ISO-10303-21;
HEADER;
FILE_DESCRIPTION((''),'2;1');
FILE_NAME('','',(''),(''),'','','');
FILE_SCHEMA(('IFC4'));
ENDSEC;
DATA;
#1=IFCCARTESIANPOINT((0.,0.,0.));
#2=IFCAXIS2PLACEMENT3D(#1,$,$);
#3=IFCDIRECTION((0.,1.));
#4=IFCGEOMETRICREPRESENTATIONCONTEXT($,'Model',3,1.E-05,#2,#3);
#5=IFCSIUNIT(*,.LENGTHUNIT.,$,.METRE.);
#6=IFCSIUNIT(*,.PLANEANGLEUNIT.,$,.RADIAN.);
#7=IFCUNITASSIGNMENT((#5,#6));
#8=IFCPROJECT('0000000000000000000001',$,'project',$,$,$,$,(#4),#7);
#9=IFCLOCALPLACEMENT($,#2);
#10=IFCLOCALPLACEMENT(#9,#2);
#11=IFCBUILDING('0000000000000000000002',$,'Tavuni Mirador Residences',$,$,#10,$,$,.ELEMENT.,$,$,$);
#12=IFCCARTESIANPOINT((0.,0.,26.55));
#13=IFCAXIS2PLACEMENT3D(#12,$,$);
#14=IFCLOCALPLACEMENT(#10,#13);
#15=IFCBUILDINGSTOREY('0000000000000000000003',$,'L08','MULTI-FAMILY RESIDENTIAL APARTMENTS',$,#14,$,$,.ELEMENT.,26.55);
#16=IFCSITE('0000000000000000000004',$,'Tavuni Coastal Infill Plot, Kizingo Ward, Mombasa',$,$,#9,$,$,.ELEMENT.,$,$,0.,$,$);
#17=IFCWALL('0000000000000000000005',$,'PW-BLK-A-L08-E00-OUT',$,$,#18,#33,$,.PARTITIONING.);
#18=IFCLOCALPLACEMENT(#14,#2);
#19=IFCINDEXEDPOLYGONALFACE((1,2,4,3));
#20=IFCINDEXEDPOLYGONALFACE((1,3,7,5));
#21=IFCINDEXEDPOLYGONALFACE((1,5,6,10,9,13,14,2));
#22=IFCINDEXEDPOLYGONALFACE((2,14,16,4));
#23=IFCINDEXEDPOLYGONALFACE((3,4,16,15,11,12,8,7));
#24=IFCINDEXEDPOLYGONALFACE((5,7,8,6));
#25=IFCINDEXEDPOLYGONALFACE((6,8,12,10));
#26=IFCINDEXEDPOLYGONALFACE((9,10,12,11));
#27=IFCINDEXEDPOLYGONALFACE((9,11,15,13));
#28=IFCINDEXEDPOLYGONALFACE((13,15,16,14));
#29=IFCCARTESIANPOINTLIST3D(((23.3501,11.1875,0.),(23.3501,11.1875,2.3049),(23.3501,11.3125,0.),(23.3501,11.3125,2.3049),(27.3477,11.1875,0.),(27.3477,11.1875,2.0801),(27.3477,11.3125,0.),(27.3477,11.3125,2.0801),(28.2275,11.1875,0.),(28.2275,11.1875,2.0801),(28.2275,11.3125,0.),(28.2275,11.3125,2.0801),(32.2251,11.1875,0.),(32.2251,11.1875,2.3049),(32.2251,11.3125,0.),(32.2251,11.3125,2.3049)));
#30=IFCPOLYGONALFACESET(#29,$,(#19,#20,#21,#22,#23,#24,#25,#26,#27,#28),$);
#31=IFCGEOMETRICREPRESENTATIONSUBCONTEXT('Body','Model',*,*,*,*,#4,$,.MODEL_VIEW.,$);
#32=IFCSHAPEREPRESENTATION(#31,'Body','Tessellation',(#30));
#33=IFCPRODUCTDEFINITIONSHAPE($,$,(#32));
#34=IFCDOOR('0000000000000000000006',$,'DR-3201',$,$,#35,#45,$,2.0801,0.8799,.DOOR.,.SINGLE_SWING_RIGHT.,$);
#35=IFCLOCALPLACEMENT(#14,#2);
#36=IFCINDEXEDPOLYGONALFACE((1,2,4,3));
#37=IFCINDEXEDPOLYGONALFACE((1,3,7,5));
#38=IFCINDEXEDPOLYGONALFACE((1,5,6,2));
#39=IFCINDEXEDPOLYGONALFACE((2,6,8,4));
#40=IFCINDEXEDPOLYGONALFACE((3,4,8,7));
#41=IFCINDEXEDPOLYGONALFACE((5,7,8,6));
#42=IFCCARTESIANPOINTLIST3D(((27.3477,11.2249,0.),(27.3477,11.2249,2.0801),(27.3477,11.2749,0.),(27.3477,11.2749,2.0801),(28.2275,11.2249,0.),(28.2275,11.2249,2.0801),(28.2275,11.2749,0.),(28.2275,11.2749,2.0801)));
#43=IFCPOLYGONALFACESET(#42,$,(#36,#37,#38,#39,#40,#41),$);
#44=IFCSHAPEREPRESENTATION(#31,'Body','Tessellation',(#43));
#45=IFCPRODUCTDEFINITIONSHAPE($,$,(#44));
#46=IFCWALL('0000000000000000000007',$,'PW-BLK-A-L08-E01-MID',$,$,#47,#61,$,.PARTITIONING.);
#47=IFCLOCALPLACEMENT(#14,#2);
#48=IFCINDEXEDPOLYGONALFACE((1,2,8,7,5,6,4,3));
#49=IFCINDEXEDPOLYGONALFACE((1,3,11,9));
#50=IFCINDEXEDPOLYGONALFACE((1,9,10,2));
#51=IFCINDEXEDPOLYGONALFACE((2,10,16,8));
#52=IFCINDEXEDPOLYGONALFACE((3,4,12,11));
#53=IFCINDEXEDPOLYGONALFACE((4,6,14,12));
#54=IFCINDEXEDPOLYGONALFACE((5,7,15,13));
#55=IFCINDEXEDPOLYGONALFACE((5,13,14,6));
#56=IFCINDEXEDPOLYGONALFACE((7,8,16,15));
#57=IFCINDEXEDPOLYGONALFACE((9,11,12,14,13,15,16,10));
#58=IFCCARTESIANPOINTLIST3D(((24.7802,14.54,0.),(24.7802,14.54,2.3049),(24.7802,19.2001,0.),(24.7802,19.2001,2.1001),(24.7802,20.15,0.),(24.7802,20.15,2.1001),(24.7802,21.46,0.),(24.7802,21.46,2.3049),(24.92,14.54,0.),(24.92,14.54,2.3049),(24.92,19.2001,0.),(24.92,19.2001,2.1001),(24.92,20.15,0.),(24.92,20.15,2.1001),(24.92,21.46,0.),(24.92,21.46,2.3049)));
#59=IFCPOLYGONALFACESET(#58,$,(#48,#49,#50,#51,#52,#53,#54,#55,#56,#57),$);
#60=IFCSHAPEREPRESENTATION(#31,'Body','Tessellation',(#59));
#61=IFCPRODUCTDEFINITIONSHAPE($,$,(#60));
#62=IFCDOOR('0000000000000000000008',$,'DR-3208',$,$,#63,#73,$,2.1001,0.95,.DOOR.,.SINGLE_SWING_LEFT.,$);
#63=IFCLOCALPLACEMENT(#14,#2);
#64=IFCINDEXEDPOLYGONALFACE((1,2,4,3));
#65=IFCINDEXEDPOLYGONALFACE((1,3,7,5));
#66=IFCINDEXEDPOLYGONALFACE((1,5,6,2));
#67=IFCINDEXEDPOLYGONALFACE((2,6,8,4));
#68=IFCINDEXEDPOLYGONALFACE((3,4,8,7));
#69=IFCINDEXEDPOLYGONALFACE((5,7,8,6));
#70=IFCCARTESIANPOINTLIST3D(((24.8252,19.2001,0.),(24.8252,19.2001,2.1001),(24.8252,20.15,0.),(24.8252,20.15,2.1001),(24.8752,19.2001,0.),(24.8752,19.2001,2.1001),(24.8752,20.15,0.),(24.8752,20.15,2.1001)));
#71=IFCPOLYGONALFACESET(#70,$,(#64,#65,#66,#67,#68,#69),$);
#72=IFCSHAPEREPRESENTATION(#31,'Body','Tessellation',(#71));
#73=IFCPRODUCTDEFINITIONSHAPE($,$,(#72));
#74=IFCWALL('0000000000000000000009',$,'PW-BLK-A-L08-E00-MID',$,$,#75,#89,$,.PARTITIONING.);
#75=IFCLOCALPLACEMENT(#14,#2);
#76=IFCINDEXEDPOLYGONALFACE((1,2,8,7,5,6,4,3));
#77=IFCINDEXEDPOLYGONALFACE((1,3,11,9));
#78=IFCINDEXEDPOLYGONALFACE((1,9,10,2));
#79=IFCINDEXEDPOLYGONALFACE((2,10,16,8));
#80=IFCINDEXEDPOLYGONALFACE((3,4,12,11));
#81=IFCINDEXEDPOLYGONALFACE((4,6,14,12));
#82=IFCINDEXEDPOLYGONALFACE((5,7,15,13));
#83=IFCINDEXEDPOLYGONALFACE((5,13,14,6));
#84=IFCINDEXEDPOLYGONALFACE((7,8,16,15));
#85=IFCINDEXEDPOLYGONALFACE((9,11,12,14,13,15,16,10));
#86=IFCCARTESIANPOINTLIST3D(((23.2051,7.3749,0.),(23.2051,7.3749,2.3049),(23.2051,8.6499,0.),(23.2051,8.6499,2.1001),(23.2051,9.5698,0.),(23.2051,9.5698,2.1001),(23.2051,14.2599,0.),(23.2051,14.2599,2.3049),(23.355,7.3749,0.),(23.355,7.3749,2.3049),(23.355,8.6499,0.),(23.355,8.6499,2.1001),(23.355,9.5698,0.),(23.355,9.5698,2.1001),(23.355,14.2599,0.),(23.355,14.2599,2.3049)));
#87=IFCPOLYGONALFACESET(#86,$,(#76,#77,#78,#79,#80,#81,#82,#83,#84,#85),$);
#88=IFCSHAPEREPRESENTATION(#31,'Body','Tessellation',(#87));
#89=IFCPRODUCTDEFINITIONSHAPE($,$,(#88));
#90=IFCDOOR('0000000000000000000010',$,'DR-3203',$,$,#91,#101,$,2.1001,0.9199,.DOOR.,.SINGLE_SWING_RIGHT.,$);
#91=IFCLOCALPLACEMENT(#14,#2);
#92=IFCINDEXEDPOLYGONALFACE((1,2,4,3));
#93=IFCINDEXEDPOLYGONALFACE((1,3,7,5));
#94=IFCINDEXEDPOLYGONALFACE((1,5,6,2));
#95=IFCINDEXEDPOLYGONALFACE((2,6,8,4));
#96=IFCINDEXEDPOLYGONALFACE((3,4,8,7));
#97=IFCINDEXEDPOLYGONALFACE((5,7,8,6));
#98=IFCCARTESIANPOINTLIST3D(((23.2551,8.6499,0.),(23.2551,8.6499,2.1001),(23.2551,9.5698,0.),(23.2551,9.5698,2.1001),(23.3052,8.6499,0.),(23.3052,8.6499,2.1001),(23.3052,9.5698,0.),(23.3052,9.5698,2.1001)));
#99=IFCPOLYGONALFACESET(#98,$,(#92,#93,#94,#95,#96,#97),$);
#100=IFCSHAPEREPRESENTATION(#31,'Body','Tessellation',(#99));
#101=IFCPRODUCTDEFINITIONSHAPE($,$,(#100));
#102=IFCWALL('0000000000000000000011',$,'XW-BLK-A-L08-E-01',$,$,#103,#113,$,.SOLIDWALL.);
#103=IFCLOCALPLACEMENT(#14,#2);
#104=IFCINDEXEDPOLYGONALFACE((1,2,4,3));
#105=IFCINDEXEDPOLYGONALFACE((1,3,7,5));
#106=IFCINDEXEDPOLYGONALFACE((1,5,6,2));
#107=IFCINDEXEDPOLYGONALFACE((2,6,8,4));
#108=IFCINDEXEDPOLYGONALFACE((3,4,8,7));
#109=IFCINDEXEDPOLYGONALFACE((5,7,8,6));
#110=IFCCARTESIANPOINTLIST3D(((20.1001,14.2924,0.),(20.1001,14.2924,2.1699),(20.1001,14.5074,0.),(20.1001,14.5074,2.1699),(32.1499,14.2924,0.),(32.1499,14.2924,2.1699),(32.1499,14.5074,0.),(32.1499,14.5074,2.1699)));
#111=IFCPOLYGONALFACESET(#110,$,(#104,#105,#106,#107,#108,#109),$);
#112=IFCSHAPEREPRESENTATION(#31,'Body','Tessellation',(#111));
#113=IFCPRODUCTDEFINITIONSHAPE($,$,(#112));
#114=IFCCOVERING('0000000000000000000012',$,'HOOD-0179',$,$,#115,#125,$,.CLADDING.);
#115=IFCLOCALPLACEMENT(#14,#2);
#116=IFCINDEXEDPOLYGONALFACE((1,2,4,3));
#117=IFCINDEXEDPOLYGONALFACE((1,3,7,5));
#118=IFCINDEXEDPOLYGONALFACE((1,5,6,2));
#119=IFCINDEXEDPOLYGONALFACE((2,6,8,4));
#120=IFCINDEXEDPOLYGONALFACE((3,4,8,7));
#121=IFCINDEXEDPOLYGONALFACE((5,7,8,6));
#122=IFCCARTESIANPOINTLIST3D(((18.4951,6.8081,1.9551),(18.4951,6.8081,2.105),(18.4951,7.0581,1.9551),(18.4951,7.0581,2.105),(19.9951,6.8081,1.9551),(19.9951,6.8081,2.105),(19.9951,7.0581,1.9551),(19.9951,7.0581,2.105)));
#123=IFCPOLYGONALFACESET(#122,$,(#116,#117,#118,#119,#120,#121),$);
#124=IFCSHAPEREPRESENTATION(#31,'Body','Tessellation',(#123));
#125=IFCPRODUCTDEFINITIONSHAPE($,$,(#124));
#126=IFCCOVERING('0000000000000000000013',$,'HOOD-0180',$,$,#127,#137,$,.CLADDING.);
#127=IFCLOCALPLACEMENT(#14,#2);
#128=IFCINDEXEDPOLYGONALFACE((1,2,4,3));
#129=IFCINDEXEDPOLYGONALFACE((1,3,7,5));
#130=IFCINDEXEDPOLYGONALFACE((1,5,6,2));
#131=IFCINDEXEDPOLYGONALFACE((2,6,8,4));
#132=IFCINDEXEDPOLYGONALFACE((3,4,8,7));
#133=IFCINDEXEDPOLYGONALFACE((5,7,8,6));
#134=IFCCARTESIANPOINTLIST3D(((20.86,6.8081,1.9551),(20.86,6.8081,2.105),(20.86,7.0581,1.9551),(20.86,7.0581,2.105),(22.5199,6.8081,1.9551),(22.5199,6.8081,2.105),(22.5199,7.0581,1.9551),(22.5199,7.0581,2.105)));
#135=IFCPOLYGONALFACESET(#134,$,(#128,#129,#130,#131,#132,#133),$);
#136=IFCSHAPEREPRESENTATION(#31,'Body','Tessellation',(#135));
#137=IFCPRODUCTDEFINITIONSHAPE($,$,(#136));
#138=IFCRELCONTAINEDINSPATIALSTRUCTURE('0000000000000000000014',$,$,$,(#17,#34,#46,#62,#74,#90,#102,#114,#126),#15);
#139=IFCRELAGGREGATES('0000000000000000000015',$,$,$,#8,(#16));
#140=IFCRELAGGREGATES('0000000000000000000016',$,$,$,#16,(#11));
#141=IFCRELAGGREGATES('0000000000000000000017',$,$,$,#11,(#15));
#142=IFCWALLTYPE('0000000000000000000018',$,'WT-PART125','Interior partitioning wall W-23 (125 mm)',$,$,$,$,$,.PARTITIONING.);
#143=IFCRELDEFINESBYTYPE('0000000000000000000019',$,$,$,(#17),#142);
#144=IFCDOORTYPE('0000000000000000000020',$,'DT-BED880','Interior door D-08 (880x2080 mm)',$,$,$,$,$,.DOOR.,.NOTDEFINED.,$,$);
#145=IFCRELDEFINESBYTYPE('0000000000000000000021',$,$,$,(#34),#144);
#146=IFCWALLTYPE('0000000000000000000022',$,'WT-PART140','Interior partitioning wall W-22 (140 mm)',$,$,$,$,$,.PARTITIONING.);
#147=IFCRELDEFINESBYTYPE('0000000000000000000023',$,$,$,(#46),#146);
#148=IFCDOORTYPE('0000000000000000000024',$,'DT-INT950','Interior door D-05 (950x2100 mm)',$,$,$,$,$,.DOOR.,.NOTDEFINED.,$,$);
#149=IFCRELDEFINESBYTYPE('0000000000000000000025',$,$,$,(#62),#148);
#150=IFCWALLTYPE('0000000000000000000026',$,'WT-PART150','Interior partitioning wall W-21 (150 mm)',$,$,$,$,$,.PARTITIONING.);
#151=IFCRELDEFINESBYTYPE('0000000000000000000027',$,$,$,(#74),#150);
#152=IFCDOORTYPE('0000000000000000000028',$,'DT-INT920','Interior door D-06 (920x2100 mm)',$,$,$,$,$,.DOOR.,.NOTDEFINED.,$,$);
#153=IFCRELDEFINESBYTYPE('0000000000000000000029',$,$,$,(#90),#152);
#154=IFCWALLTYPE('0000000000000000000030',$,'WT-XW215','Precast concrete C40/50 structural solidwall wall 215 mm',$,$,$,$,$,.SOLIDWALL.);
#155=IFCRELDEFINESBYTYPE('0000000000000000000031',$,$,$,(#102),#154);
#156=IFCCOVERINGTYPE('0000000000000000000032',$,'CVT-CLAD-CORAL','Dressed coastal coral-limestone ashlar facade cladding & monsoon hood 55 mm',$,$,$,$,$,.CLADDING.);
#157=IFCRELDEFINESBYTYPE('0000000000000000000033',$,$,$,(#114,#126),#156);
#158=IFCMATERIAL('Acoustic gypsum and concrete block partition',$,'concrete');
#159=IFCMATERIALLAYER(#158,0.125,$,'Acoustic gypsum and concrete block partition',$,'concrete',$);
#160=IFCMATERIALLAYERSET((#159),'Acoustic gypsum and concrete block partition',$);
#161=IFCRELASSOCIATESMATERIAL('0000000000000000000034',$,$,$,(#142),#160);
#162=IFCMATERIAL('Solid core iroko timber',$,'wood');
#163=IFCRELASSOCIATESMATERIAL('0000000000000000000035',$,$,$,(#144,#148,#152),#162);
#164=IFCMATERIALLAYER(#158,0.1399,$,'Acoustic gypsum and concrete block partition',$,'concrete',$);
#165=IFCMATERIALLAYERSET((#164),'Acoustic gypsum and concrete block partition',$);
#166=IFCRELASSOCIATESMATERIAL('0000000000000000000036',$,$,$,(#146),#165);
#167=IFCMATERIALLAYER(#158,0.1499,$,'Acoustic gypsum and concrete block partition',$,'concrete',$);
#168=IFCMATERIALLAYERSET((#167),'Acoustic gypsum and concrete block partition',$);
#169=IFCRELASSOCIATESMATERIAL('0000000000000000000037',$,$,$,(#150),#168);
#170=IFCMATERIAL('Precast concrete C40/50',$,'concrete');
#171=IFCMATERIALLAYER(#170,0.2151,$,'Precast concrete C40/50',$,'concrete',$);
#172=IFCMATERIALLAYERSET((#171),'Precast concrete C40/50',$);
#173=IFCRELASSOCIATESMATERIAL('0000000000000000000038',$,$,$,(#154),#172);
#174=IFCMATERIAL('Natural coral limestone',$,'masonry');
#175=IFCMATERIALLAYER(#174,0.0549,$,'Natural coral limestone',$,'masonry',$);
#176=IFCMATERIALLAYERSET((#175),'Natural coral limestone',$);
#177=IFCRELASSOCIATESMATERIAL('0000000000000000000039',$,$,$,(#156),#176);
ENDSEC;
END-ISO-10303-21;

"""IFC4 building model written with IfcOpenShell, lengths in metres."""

from ifc_helpers import new_model, si_unit, direction, frame, frame_2d, origin, origin_2d, place, context, subcontext, project, spatial, rectangle, extrude, material, layer, layer_set, type_object, element, fill, save


model = new_model("IFC4")

# Units and contexts
model_context = context("Model", 3, precision=1e-05, world=origin(), true_north=direction((0.0, 1.0)))
body_context = subcontext(model_context, "Body", "Model", "MODEL_VIEW")
ifc_project = project(units=[si_unit("LENGTHUNIT", "METRE"), si_unit("PLANEANGLEUNIT", "RADIAN")], contexts=[model_context])

# Site, building, storey
site_placement = place(None, origin())
site = spatial("IfcSite", under=ifc_project, at=site_placement, Name="Tavuni Coastal Infill Plot, Kizingo Ward, Mombasa", CompositionType="ELEMENT", RefElevation=0.0)
building_placement = place(site_placement, origin())
building = spatial("IfcBuilding", under=site, at=building_placement, Name="Tavuni Mirador Residences", CompositionType="ELEMENT")
storey_placement = place(building_placement, frame((0.0, 0.0, 26.55)))
storey = spatial("IfcBuildingStorey", under=building, at=storey_placement, Name="L08", Description="MULTI-FAMILY RESIDENTIAL APARTMENTS", CompositionType="ELEMENT", Elevation=26.55)

# Shared definitions
ifc_material_1 = material(Name="Precast concrete C40/50", Category="concrete")

# Shared definitions
ifc_material_2 = material(Name="Solid core iroko timber", Category="wood")

# Walls, openings, doors
ifc_material_3 = material(Name="Acoustic gypsum and concrete block partition", Category="concrete")
ifc_layer_1 = layer(ifc_material_3, 0.125, Name="Acoustic gypsum and concrete block partition", Category="concrete")
ifc_layer_set_1 = layer_set([ifc_layer_1], Name="Acoustic gypsum and concrete block partition")
wall_type_1 = type_object("IfcWallType", Name="WT-PART125", Description="Interior partitioning wall W-23 (125 mm)", PredefinedType="PARTITIONING", material=ifc_layer_set_1)
wall_1_placement = place(storey_placement, frame((23.3501, 11.25, 0.0), z_axis=(0.0, 0.0, 1.0), x_axis=(1.0, 0.0, 0.0)))
wall_1 = element("IfcWall", 1, at=wall_1_placement, inside=storey, type_object=wall_type_1, Name="PW-BLK-A-L08-E00-OUT", PredefinedType="PARTITIONING", context=body_context, shape_type="SweptSolid", body=[
    extrude(rectangle(XDim=8.875, YDim=0.125, at=frame_2d((4.4375, 0.0))), origin(), (0.0, 0.0, 1.0), 2.3049),
])
opening_1_placement = place(wall_1_placement, frame((3.9976, 0.0, 0.0)))
opening_1 = element("IfcOpeningElement", 2, at=opening_1_placement, cuts=wall_1, PredefinedType="OPENING", context=body_context, shape_type="SweptSolid", body=[
    extrude(rectangle(XDim=0.8799, YDim=2.0801, at=frame_2d((0.4399, 1.04))), frame((0.0, 0.0725, 0.0), z_axis=(0.0, -1.0, 0.0), x_axis=(1.0, 0.0, 0.0)), (0.0, 0.0, 1.0), 0.145),
])
door_type_1 = type_object("IfcDoorType", Name="DT-BED880", Description="Interior door D-08 (880x2080 mm)", OperationType="NOTDEFINED", PredefinedType="DOOR", material=ifc_material_2)
door_1_placement = place(opening_1_placement, origin())
door_1 = element("IfcDoor", 3, at=door_1_placement, inside=storey, type_object=door_type_1, Name="DR-3201", OperationType="SINGLE_SWING_RIGHT", OverallHeight=2.0801, OverallWidth=0.8799, PredefinedType="DOOR", context=body_context, shape_type="SweptSolid", body=[
    extrude(rectangle(XDim=0.8799, YDim=2.0801, at=frame_2d((0.4399, 1.04))), frame((0.0, 0.0249, 0.0), z_axis=(0.0, -1.0, 0.0), x_axis=(1.0, 0.0, 0.0)), (0.0, 0.0, 1.0), 0.05),
])
fill(opening_1, door_1)
ifc_layer_2 = layer(ifc_material_3, 0.1399, Name="Acoustic gypsum and concrete block partition", Category="concrete")
ifc_layer_set_2 = layer_set([ifc_layer_2], Name="Acoustic gypsum and concrete block partition")
wall_type_2 = type_object("IfcWallType", Name="WT-PART140", Description="Interior partitioning wall W-22 (140 mm)", PredefinedType="PARTITIONING", material=ifc_layer_set_2)
wall_2_placement = place(storey_placement, frame((24.8501, 14.54, 0.0), z_axis=(0.0, 0.0, 1.0), x_axis=(0.0, 1.0, 0.0)))
wall_2 = element("IfcWall", 4, at=wall_2_placement, inside=storey, type_object=wall_type_2, Name="PW-BLK-A-L08-E01-MID", PredefinedType="PARTITIONING", context=body_context, shape_type="SweptSolid", body=[
    extrude(rectangle(XDim=6.9199, YDim=0.1399, at=frame_2d((3.46, 0.0))), origin(), (0.0, 0.0, 1.0), 2.3049),
])
opening_2_placement = place(wall_2_placement, frame((4.6599, 0.0, 0.0)))
opening_2 = element("IfcOpeningElement", 5, at=opening_2_placement, cuts=wall_2, PredefinedType="OPENING", context=body_context, shape_type="SweptSolid", body=[
    extrude(rectangle(XDim=0.95, YDim=2.1001, at=frame_2d((0.4751, 1.05))), frame((0.0, 0.0801, 0.0), z_axis=(0.0, -1.0, 0.0), x_axis=(1.0, 0.0, 0.0)), (0.0, 0.0, 1.0), 0.1599),
])
door_type_2 = type_object("IfcDoorType", Name="DT-INT950", Description="Interior door D-05 (950x2100 mm)", OperationType="NOTDEFINED", PredefinedType="DOOR", material=ifc_material_2)
door_2_placement = place(opening_2_placement, origin())
door_2 = element("IfcDoor", 6, at=door_2_placement, inside=storey, type_object=door_type_2, Name="DR-3208", OperationType="SINGLE_SWING_LEFT", OverallHeight=2.1001, OverallWidth=0.95, PredefinedType="DOOR", context=body_context, shape_type="SweptSolid", body=[
    extrude(rectangle(XDim=0.95, YDim=2.1001, at=frame_2d((0.4751, 1.05))), frame((0.0, 0.0249, 0.0), z_axis=(0.0, -1.0, 0.0), x_axis=(1.0, 0.0, 0.0)), (0.0, 0.0, 1.0), 0.05),
])
fill(opening_2, door_2)
ifc_layer_3 = layer(ifc_material_3, 0.1499, Name="Acoustic gypsum and concrete block partition", Category="concrete")
ifc_layer_set_3 = layer_set([ifc_layer_3], Name="Acoustic gypsum and concrete block partition")
wall_type_3 = type_object("IfcWallType", Name="WT-PART150", Description="Interior partitioning wall W-21 (150 mm)", PredefinedType="PARTITIONING", material=ifc_layer_set_3)
wall_3_placement = place(storey_placement, frame((23.28, 7.375, 0.0), z_axis=(0.0, 0.0, 1.0), x_axis=(0.0, 1.0, 0.0)))
wall_3 = element("IfcWall", 7, at=wall_3_placement, inside=storey, type_object=wall_type_3, Name="PW-BLK-A-L08-E00-MID", PredefinedType="PARTITIONING", context=body_context, shape_type="SweptSolid", body=[
    extrude(rectangle(XDim=6.885, YDim=0.1499, at=frame_2d((3.4424, 0.0))), origin(), (0.0, 0.0, 1.0), 2.3049),
])
opening_3_placement = place(wall_3_placement, frame((1.2749, 0.0, 0.0)))
opening_3 = element("IfcOpeningElement", 8, at=opening_3_placement, cuts=wall_3, PredefinedType="OPENING", context=body_context, shape_type="SweptSolid", body=[
    extrude(rectangle(XDim=0.9199, YDim=2.1001, at=frame_2d((0.46, 1.05))), frame((0.0, 0.085, 0.0), z_axis=(0.0, -1.0, 0.0), x_axis=(1.0, 0.0, 0.0)), (0.0, 0.0, 1.0), 0.1699),
])
door_type_3 = type_object("IfcDoorType", Name="DT-INT920", Description="Interior door D-06 (920x2100 mm)", OperationType="NOTDEFINED", PredefinedType="DOOR", material=ifc_material_2)
door_3_placement = place(opening_3_placement, origin())
door_3 = element("IfcDoor", 9, at=door_3_placement, inside=storey, type_object=door_type_3, Name="DR-3203", OperationType="SINGLE_SWING_RIGHT", OverallHeight=2.1001, OverallWidth=0.9199, PredefinedType="DOOR", context=body_context, shape_type="SweptSolid", body=[
    extrude(rectangle(XDim=0.9199, YDim=2.1001, at=frame_2d((0.46, 1.05))), frame((0.0, 0.0249, 0.0), z_axis=(0.0, -1.0, 0.0), x_axis=(1.0, 0.0, 0.0)), (0.0, 0.0, 1.0), 0.05),
])
fill(opening_3, door_3)

# Wall
ifc_layer_4 = layer(ifc_material_1, 0.2151, Name="Precast concrete C40/50", Category="concrete")
ifc_layer_set_4 = layer_set([ifc_layer_4], Name="Precast concrete C40/50")
wall_type_4 = type_object("IfcWallType", Name="WT-XW215", Description="Precast concrete C40/50 structural solidwall wall 215 mm", PredefinedType="SOLIDWALL", material=ifc_layer_set_4)
wall_4_placement = place(storey_placement, frame((20.1001, 14.3999, 0.0), z_axis=(0.0, 0.0, 1.0), x_axis=(1.0, 0.0, 0.0)))
element("IfcWall", 10, at=wall_4_placement, inside=storey, type_object=wall_type_4, Name="XW-BLK-A-L08-E-01", PredefinedType="SOLIDWALL", context=body_context, shape_type="SweptSolid", body=[
    extrude(rectangle(XDim=12.0498, YDim=0.2151, at=frame_2d((6.0249, 0.0))), origin(), (0.0, 0.0, 1.0), 2.1699),
])

# Coverings
ifc_material_4 = material(Name="Natural coral limestone", Category="masonry")
ifc_layer_5 = layer(ifc_material_4, 0.0549, Name="Natural coral limestone", Category="masonry")
ifc_layer_set_5 = layer_set([ifc_layer_5], Name="Natural coral limestone")
covering_type = type_object("IfcCoveringType", Name="CVT-CLAD-CORAL", Description="Dressed coastal coral-limestone ashlar facade cladding & monsoon hood 55 mm", PredefinedType="CLADDING", material=ifc_layer_set_5)
covering_1_placement = place(storey_placement, frame((19.2451, 6.9331, 1.9551), z_axis=(0.0, 0.0, 1.0), x_axis=(1.0, 0.0, 0.0)))
element("IfcCovering", 11, at=covering_1_placement, inside=storey, type_object=covering_type, Name="HOOD-0179", PredefinedType="CLADDING", context=body_context, shape_type="SweptSolid", body=[
    extrude(rectangle(XDim=1.5, YDim=0.25, at=origin_2d()), origin(), (0.0, 0.0, 1.0), 0.1499),
])
covering_2_placement = place(storey_placement, frame((21.6899, 6.9331, 1.9551), z_axis=(0.0, 0.0, 1.0), x_axis=(1.0, 0.0, 0.0)))
element("IfcCovering", 12, at=covering_2_placement, inside=storey, type_object=covering_type, Name="HOOD-0180", PredefinedType="CLADDING", context=body_context, shape_type="SweptSolid", body=[
    extrude(rectangle(XDim=1.6599, YDim=0.25, at=origin_2d()), origin(), (0.0, 0.0, 1.0), 0.1499),
])

save(model, "model.ifc")
